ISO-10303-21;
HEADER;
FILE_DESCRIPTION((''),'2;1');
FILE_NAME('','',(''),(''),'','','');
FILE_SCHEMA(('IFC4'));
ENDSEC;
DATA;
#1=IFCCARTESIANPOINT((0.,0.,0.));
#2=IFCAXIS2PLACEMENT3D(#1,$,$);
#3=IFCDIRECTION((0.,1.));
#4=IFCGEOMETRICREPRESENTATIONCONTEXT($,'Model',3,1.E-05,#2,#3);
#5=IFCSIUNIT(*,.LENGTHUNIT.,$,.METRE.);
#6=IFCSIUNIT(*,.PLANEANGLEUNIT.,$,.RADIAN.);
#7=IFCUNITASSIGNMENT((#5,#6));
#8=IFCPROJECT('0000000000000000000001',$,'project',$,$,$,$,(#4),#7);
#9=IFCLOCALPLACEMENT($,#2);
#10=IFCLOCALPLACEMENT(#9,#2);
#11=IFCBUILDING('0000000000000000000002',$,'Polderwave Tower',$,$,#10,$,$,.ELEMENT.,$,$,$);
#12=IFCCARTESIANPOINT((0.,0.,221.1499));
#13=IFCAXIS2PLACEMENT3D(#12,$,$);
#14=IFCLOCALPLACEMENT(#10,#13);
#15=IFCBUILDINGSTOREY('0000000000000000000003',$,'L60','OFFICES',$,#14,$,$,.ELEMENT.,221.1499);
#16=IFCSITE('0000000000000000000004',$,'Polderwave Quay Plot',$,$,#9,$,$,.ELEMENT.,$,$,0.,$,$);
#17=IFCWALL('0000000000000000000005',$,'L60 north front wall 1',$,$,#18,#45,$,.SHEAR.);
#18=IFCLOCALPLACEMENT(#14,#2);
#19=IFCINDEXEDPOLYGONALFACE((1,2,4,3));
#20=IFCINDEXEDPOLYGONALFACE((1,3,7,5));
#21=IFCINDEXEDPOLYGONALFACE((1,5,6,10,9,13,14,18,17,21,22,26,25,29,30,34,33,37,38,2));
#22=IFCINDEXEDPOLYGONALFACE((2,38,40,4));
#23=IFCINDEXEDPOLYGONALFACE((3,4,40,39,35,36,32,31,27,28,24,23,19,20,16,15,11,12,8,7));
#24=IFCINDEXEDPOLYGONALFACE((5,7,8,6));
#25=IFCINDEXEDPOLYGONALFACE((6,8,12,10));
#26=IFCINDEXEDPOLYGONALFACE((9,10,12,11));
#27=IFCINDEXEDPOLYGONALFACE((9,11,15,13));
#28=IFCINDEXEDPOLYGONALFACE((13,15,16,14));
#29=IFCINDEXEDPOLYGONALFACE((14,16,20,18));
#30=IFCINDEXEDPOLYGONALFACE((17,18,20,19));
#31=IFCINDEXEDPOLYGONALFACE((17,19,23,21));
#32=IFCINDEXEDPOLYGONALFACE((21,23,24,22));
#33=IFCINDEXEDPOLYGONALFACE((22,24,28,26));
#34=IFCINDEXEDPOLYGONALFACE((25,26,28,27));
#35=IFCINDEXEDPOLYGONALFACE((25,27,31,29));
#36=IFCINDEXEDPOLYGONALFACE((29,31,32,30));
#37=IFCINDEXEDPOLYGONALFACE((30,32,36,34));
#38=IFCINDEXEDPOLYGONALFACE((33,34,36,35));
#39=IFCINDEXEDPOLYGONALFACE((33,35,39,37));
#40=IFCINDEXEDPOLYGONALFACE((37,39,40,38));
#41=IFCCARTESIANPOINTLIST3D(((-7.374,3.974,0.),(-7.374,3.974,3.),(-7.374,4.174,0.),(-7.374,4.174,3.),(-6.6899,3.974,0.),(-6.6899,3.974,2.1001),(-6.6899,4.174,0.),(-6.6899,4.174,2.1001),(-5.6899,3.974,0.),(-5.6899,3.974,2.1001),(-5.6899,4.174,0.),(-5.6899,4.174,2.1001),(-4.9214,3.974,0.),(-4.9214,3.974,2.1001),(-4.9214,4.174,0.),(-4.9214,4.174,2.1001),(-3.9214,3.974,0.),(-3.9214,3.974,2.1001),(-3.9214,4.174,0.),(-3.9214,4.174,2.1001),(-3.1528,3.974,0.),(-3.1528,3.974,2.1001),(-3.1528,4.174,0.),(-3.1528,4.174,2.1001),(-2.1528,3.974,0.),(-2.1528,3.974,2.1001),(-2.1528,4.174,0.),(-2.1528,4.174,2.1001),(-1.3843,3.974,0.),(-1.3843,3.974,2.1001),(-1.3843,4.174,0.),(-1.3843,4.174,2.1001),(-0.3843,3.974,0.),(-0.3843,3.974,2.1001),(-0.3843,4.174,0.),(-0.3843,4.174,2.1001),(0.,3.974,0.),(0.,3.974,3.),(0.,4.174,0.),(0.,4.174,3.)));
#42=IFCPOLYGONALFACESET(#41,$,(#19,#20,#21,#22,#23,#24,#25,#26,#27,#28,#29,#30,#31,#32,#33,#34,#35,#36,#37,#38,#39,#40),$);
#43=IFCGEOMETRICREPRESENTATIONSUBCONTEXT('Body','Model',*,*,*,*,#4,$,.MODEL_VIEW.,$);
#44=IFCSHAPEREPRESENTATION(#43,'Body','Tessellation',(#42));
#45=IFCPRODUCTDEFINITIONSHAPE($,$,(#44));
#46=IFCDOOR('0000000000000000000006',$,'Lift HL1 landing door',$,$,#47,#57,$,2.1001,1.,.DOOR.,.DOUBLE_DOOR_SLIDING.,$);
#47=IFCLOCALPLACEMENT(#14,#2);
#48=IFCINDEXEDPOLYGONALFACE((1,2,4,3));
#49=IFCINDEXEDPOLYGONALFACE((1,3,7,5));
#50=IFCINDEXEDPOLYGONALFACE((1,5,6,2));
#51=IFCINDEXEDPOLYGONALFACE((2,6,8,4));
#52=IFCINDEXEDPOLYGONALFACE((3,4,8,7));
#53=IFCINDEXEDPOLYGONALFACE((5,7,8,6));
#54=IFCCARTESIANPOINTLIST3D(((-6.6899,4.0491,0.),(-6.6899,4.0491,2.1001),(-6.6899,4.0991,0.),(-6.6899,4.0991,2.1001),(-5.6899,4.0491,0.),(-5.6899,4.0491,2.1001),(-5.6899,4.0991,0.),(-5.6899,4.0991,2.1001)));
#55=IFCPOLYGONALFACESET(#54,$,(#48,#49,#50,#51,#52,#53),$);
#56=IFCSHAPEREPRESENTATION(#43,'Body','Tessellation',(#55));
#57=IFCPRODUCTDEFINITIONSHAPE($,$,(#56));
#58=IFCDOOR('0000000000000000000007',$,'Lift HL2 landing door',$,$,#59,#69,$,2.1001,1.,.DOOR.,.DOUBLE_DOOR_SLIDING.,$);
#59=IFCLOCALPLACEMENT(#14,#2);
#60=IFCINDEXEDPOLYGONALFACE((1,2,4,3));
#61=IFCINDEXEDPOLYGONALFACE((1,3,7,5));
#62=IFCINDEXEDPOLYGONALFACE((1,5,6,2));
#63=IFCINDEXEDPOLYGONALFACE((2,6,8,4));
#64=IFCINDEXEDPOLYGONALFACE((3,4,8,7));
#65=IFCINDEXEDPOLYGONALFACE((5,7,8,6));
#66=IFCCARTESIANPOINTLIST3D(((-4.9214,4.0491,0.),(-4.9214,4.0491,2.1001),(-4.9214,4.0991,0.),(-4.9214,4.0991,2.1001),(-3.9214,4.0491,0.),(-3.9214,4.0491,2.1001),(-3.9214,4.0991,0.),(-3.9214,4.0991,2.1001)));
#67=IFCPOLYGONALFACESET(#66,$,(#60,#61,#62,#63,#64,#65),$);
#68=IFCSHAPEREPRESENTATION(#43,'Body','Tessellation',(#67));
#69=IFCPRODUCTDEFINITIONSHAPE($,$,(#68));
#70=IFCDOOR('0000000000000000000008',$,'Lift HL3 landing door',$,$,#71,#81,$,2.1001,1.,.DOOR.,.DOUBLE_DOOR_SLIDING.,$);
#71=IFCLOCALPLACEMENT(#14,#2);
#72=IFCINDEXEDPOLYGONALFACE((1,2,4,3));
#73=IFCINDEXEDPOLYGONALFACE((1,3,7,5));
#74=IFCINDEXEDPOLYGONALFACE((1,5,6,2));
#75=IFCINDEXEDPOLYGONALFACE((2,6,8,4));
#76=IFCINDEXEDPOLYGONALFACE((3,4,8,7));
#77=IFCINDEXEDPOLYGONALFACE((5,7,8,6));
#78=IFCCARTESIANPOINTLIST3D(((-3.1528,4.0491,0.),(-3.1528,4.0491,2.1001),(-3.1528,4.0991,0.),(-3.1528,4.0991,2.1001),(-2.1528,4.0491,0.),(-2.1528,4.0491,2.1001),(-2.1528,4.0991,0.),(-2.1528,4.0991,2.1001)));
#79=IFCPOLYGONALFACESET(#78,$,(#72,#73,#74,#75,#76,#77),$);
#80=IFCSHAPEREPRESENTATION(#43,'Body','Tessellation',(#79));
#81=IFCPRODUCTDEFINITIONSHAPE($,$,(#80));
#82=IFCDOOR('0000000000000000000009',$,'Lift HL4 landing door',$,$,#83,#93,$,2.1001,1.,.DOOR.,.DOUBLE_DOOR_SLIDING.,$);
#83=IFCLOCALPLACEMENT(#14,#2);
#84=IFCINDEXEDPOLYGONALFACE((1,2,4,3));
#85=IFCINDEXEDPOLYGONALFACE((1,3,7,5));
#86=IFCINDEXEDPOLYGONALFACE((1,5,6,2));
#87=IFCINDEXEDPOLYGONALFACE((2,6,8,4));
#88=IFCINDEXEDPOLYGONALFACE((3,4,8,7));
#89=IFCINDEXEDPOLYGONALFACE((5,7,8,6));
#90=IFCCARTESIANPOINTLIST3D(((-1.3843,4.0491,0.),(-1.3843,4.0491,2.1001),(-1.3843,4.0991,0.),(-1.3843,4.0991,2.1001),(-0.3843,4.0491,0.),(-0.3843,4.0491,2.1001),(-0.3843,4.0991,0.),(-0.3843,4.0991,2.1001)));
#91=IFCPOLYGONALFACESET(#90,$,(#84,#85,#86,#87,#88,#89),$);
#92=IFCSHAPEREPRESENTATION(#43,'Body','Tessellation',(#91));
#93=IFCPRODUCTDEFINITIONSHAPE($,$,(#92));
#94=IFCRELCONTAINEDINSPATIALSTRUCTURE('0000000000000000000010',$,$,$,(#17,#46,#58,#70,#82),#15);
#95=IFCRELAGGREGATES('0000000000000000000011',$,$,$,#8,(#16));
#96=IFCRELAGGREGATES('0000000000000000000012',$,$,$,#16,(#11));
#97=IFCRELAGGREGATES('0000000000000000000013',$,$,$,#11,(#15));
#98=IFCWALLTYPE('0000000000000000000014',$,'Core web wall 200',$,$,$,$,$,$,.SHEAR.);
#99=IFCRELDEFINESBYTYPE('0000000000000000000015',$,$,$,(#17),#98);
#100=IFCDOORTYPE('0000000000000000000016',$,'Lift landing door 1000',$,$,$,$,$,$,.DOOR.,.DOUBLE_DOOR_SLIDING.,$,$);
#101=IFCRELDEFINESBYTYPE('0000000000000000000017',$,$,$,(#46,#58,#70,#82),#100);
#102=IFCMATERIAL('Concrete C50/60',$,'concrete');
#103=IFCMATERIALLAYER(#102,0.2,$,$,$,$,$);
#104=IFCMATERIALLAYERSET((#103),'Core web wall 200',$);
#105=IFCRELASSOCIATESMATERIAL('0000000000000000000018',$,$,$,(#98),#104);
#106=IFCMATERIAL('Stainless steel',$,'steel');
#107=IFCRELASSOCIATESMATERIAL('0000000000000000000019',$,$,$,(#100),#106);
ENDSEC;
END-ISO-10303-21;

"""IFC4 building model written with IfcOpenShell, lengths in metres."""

from ifc_helpers import new_model, si_unit, direction, frame, frame_2d, origin, place, context, subcontext, project, spatial, rectangle, extrude, material, layer, layer_set, type_object, element, fill, save


model = new_model("IFC4")

# Units and contexts
model_context = context("Model", 3, precision=1e-05, world=origin(), true_north=direction((0.0, 1.0)))
body_context = subcontext(model_context, "Body", "Model", "MODEL_VIEW")
ifc_project = project(units=[si_unit("LENGTHUNIT", "METRE"), si_unit("PLANEANGLEUNIT", "RADIAN")], contexts=[model_context])

# Site, building, storey
site_placement = place(None, origin())
site = spatial("IfcSite", under=ifc_project, at=site_placement, Name="Polderwave Quay Plot", CompositionType="ELEMENT", RefElevation=0.0)
building_placement = place(site_placement, origin())
building = spatial("IfcBuilding", under=site, at=building_placement, Name="Polderwave Tower", CompositionType="ELEMENT")
storey_placement = place(building_placement, frame((0.0, 0.0, 221.1499)))
storey = spatial("IfcBuildingStorey", under=building, at=storey_placement, Name="L60", Description="OFFICES", CompositionType="ELEMENT", Elevation=221.1499)

# Wall, openings, doors
ifc_material_1 = material(Name="Concrete C50/60", Category="concrete")
ifc_layer_1 = layer(ifc_material_1, 0.2)
ifc_layer_set_1 = layer_set([ifc_layer_1], Name="Core web wall 200")
wall_type_1 = type_object("IfcWallType", Name="Core web wall 200", PredefinedType="SHEAR", material=ifc_layer_set_1)
wall_1_placement = place(storey_placement, frame((-7.374, 4.074, 0.0), z_axis=(0.0, 0.0, 1.0), x_axis=(1.0, 0.0, 0.0)))
wall_1 = element("IfcWall", 1, at=wall_1_placement, inside=storey, type_object=wall_type_1, Name="L60 north front wall 1", PredefinedType="SHEAR", context=body_context, shape_type="SweptSolid", body=[
    extrude(rectangle(XDim=7.374, YDim=0.2, at=frame_2d((3.687, 0.0))), origin(), (0.0, 0.0, 1.0), 3.0),
])
opening_1_placement = place(wall_1_placement, frame((0.6841, 0.0, 0.0)))
opening_1 = element("IfcOpeningElement", 2, at=opening_1_placement, cuts=wall_1, PredefinedType="OPENING", context=body_context, shape_type="SweptSolid", body=[
    extrude(rectangle(XDim=1.0, YDim=2.1001, at=frame_2d((0.5, 1.05))), frame((0.0, 0.1099, 0.0), z_axis=(0.0, -1.0, 0.0), x_axis=(1.0, 0.0, 0.0)), (0.0, 0.0, 1.0), 0.22),
])
opening_2_placement = place(wall_1_placement, frame((2.4526, 0.0, 0.0)))
opening_2 = element("IfcOpeningElement", 3, at=opening_2_placement, cuts=wall_1, PredefinedType="OPENING", context=body_context, shape_type="SweptSolid", body=[
    extrude(rectangle(XDim=1.0, YDim=2.1001, at=frame_2d((0.5, 1.05))), frame((0.0, 0.1099, 0.0), z_axis=(0.0, -1.0, 0.0), x_axis=(1.0, 0.0, 0.0)), (0.0, 0.0, 1.0), 0.22),
])
opening_3_placement = place(wall_1_placement, frame((4.2212, 0.0, 0.0)))
opening_3 = element("IfcOpeningElement", 4, at=opening_3_placement, cuts=wall_1, PredefinedType="OPENING", context=body_context, shape_type="SweptSolid", body=[
    extrude(rectangle(XDim=1.0, YDim=2.1001, at=frame_2d((0.5, 1.05))), frame((0.0, 0.1099, 0.0), z_axis=(0.0, -1.0, 0.0), x_axis=(1.0, 0.0, 0.0)), (0.0, 0.0, 1.0), 0.22),
])
opening_4_placement = place(wall_1_placement, frame((5.9897, 0.0, 0.0)))
opening_4 = element("IfcOpeningElement", 5, at=opening_4_placement, cuts=wall_1, PredefinedType="OPENING", context=body_context, shape_type="SweptSolid", body=[
    extrude(rectangle(XDim=1.0, YDim=2.1001, at=frame_2d((0.5, 1.05))), frame((0.0, 0.1099, 0.0), z_axis=(0.0, -1.0, 0.0), x_axis=(1.0, 0.0, 0.0)), (0.0, 0.0, 1.0), 0.22),
])
ifc_material_2 = material(Name="Stainless steel", Category="steel")
door_type_1 = type_object("IfcDoorType", Name="Lift landing door 1000", OperationType="DOUBLE_DOOR_SLIDING", PredefinedType="DOOR", material=ifc_material_2)
door_1_placement = place(opening_1_placement, frame((1.0, 0.0, 0.0), z_axis=(0.0, 0.0, 1.0), x_axis=(-1.0, 0.0, 0.0)))
door_1 = element("IfcDoor", 6, at=door_1_placement, inside=storey, type_object=door_type_1, Name="Lift HL1 landing door", OperationType="DOUBLE_DOOR_SLIDING", OverallHeight=2.1001, OverallWidth=1.0, PredefinedType="DOOR", context=body_context, shape_type="SweptSolid", body=[
    extrude(rectangle(XDim=1.0, YDim=2.1001, at=frame_2d((0.5, 1.05))), frame((0.0, 0.0249, 0.0), z_axis=(0.0, -1.0, 0.0), x_axis=(1.0, 0.0, 0.0)), (0.0, 0.0, 1.0), 0.05),
])
fill(opening_1, door_1)
door_2_placement = place(opening_2_placement, frame((1.0, 0.0, 0.0), z_axis=(0.0, 0.0, 1.0), x_axis=(-1.0, 0.0, 0.0)))
door_2 = element("IfcDoor", 7, at=door_2_placement, inside=storey, type_object=door_type_1, Name="Lift HL2 landing door", OperationType="DOUBLE_DOOR_SLIDING", OverallHeight=2.1001, OverallWidth=1.0, PredefinedType="DOOR", context=body_context, shape_type="SweptSolid", body=[
    extrude(rectangle(XDim=1.0, YDim=2.1001, at=frame_2d((0.5, 1.05))), frame((0.0, 0.0249, 0.0), z_axis=(0.0, -1.0, 0.0), x_axis=(1.0, 0.0, 0.0)), (0.0, 0.0, 1.0), 0.05),
])
fill(opening_2, door_2)
door_3_placement = place(opening_3_placement, frame((1.0, 0.0, 0.0), z_axis=(0.0, 0.0, 1.0), x_axis=(-1.0, 0.0, 0.0)))
door_3 = element("IfcDoor", 8, at=door_3_placement, inside=storey, type_object=door_type_1, Name="Lift HL3 landing door", OperationType="DOUBLE_DOOR_SLIDING", OverallHeight=2.1001, OverallWidth=1.0, PredefinedType="DOOR", context=body_context, shape_type="SweptSolid", body=[
    extrude(rectangle(XDim=1.0, YDim=2.1001, at=frame_2d((0.5, 1.05))), frame((0.0, 0.0249, 0.0), z_axis=(0.0, -1.0, 0.0), x_axis=(1.0, 0.0, 0.0)), (0.0, 0.0, 1.0), 0.05),
])
fill(opening_3, door_3)
door_4_placement = place(opening_4_placement, frame((1.0, 0.0, 0.0), z_axis=(0.0, 0.0, 1.0), x_axis=(-1.0, 0.0, 0.0)))
door_4 = element("IfcDoor", 9, at=door_4_placement, inside=storey, type_object=door_type_1, Name="Lift HL4 landing door", OperationType="DOUBLE_DOOR_SLIDING", OverallHeight=2.1001, OverallWidth=1.0, PredefinedType="DOOR", context=body_context, shape_type="SweptSolid", body=[
    extrude(rectangle(XDim=1.0, YDim=2.1001, at=frame_2d((0.5, 1.05))), frame((0.0, 0.0249, 0.0), z_axis=(0.0, -1.0, 0.0), x_axis=(1.0, 0.0, 0.0)), (0.0, 0.0, 1.0), 0.05),
])
fill(opening_4, door_4)

save(model, "model.ifc")
